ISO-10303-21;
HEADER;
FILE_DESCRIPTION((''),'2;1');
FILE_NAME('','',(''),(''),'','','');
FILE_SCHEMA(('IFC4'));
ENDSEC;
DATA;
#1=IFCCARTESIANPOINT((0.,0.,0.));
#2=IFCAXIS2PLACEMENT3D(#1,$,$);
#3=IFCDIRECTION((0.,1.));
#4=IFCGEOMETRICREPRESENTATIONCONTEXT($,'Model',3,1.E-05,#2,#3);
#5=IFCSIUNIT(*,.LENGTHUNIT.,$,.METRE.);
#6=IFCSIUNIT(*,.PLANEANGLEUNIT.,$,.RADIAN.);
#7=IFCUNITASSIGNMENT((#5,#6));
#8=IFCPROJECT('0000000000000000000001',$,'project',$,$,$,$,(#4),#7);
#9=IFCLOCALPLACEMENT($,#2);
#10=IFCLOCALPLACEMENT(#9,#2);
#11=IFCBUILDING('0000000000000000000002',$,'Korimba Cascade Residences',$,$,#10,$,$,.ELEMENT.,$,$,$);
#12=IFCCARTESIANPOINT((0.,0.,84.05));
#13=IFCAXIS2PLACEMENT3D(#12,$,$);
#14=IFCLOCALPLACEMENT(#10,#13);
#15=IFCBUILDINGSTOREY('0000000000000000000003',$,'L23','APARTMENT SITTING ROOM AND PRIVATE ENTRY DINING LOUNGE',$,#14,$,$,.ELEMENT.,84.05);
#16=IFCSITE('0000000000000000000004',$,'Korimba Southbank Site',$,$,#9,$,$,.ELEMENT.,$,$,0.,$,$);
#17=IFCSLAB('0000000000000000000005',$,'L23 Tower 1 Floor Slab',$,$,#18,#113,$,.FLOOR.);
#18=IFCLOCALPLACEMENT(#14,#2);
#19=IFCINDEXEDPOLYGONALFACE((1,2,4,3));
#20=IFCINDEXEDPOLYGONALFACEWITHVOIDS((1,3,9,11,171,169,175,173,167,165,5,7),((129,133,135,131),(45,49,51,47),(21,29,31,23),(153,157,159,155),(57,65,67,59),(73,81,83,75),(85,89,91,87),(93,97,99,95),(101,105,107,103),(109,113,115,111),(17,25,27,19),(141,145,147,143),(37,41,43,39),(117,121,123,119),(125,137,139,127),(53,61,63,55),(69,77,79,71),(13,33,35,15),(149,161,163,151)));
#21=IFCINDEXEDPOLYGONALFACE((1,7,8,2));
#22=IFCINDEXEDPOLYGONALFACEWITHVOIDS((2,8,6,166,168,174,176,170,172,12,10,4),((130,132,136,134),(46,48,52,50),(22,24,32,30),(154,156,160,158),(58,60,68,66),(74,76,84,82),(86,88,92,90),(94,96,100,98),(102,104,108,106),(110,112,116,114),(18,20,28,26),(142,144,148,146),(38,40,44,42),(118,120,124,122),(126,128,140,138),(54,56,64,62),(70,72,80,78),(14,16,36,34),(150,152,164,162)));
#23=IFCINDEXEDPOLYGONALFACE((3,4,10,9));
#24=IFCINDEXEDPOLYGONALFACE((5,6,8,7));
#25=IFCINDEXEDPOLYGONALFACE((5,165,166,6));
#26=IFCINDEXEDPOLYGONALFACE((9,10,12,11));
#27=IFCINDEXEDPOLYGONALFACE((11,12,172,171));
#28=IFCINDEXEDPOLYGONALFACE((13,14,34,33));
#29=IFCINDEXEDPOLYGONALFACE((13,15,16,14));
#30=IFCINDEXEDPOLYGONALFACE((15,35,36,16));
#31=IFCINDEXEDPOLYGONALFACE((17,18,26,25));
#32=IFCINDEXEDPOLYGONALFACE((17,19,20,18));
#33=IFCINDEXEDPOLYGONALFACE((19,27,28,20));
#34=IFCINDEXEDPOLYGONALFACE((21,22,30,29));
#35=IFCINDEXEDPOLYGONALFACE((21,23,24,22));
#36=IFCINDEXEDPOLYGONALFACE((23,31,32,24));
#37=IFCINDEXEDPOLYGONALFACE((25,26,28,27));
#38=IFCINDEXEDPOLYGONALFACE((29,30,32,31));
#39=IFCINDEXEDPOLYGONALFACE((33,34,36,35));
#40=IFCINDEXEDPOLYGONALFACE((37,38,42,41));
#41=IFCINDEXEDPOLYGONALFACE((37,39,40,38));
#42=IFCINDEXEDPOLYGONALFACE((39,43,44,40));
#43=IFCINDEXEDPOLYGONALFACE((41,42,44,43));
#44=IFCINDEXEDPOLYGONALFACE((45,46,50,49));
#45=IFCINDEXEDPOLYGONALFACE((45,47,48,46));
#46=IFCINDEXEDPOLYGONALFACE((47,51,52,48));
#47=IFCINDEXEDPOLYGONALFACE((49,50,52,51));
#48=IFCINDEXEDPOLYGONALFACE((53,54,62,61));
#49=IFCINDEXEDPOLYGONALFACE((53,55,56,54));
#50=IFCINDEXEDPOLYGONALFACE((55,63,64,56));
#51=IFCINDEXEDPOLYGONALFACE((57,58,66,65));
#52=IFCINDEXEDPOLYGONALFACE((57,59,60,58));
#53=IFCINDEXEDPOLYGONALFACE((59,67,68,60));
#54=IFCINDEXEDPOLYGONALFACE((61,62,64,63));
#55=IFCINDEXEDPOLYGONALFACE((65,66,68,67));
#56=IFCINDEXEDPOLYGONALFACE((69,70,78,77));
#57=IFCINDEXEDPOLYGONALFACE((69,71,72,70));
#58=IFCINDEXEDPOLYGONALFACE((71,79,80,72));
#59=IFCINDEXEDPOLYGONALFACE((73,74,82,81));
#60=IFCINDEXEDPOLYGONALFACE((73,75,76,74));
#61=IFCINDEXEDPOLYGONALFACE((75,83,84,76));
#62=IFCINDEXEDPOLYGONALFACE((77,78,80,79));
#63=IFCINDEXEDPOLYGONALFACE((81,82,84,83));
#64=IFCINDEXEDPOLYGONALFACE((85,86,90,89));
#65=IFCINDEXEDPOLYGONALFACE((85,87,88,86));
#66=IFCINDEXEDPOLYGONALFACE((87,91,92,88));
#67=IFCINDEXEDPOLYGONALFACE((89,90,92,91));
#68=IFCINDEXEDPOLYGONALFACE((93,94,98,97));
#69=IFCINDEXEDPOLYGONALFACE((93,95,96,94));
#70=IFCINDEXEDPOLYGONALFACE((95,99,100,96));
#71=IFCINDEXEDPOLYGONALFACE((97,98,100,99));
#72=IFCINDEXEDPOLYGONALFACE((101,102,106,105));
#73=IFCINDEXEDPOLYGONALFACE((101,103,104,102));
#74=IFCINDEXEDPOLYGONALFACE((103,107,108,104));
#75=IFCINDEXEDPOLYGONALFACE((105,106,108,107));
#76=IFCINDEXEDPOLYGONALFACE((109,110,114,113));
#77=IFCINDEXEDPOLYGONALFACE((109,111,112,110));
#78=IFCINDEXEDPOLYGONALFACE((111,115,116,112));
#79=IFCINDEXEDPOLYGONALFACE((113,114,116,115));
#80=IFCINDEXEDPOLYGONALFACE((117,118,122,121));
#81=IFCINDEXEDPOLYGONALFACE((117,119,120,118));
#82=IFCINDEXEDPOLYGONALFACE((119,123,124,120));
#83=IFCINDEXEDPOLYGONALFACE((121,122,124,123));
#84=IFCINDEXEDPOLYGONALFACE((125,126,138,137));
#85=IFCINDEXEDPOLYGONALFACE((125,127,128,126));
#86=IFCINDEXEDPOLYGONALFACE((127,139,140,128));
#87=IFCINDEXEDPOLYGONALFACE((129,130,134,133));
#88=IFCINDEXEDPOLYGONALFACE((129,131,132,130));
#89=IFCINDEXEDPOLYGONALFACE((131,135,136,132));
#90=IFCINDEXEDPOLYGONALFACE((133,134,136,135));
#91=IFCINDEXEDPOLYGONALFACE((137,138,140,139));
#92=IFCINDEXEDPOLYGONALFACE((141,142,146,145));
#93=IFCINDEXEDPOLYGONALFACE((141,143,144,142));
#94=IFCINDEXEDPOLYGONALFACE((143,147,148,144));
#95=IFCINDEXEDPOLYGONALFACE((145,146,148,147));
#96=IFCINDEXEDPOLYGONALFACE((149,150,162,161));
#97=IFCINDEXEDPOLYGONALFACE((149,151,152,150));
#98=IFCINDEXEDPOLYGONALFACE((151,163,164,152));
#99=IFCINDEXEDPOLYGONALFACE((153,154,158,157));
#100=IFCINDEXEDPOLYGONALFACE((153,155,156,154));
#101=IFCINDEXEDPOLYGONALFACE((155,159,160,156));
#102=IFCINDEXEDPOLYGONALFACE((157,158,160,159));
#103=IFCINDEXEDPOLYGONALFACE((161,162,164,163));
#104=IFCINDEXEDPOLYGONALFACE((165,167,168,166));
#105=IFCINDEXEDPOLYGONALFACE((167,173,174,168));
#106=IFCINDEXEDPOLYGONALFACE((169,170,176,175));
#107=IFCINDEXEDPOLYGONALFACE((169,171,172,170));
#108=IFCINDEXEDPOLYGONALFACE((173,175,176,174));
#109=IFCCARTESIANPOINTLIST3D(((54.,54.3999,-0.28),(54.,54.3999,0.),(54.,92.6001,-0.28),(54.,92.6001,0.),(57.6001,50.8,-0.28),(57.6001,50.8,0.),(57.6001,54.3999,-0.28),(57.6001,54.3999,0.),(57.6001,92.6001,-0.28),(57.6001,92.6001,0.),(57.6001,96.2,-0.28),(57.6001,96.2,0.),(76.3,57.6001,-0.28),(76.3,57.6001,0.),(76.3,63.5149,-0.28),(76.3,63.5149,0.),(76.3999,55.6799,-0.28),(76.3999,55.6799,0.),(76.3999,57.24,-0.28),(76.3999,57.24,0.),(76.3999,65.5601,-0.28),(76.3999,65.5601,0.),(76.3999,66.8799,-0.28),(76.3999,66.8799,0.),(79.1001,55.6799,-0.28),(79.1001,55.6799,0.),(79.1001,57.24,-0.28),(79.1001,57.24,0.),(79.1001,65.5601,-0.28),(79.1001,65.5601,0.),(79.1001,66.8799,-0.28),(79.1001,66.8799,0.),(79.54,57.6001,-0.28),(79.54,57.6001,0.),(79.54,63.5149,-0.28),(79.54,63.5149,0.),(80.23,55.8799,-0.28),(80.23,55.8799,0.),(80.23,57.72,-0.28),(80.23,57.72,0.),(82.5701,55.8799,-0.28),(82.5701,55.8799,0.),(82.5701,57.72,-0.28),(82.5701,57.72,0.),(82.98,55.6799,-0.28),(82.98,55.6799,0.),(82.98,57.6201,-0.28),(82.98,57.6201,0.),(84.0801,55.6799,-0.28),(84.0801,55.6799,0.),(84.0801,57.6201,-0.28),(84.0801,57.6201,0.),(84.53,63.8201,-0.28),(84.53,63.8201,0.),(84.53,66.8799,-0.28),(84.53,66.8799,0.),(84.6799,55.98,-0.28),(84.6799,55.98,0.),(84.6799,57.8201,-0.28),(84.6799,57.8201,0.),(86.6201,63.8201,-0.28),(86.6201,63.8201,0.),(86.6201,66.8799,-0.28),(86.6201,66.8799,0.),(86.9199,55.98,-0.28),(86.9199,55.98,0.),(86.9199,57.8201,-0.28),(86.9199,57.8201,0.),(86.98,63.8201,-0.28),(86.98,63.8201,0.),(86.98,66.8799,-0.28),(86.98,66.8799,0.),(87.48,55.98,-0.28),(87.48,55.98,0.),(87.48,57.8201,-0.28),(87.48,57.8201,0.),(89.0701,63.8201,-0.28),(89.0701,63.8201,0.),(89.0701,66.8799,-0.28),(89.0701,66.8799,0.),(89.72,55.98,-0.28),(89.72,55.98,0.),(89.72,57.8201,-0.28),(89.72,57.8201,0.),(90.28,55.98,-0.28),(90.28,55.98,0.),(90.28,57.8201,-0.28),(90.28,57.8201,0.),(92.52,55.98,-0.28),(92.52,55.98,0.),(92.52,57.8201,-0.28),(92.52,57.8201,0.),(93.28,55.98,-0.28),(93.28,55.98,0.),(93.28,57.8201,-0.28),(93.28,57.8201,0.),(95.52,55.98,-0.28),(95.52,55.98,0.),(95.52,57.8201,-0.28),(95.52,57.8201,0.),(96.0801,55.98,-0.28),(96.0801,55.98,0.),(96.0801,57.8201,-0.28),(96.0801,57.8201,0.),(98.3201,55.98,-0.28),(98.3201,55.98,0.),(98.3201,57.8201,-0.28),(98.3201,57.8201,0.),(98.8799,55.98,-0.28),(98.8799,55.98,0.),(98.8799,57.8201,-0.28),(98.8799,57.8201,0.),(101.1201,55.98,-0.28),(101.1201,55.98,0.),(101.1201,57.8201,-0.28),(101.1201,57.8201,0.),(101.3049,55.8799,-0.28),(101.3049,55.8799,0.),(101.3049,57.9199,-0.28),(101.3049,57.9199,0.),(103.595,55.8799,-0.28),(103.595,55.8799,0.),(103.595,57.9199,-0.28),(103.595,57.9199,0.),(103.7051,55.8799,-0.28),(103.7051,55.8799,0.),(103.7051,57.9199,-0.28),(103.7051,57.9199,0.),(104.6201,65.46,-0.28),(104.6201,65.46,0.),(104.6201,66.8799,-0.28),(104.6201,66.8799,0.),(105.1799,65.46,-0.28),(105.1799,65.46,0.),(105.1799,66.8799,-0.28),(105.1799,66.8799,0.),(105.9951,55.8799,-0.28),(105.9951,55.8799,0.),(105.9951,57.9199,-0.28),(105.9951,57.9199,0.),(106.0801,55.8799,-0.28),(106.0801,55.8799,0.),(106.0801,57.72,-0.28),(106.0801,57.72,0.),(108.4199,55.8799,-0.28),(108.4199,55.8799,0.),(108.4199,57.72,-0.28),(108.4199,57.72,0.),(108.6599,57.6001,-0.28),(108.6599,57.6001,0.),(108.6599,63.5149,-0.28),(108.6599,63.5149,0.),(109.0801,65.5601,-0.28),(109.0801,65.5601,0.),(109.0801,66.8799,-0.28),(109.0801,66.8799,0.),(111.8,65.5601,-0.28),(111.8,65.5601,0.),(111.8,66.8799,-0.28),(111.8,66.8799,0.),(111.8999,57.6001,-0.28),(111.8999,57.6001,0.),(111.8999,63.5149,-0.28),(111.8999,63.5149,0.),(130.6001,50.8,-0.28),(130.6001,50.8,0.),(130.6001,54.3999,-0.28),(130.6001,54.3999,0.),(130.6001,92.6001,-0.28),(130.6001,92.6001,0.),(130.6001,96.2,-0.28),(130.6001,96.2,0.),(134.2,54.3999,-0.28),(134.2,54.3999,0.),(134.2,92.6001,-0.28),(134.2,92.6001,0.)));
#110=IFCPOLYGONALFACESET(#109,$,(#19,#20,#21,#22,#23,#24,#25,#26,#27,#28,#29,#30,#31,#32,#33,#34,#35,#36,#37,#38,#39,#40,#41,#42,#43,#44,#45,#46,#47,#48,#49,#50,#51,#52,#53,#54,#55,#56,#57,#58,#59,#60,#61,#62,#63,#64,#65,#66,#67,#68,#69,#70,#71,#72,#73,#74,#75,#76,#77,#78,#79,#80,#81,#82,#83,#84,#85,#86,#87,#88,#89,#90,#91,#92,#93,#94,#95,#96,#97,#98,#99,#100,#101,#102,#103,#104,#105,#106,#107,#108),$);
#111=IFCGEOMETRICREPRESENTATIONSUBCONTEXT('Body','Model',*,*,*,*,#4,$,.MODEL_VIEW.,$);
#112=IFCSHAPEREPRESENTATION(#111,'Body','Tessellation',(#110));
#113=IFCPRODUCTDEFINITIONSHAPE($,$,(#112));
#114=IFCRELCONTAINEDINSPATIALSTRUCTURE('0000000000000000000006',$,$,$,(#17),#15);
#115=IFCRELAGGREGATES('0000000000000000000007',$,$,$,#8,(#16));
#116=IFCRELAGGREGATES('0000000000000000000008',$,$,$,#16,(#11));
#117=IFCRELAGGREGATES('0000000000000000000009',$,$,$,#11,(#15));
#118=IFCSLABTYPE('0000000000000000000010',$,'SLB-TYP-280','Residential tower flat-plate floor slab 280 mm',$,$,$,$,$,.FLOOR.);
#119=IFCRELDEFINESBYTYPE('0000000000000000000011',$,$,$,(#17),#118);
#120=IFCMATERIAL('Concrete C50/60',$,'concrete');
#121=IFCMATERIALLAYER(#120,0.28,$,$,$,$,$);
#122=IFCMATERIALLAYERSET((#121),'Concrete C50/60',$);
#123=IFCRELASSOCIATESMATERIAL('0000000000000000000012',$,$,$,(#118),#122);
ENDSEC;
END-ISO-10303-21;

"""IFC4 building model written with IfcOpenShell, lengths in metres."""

from ifc_helpers import new_model, si_unit, direction, frame, origin, place, context, subcontext, project, spatial, polyline, outline, extrude, material, layer, layer_set, type_object, element, save


model = new_model("IFC4")

# Units and contexts
model_context = context("Model", 3, precision=1e-05, world=origin(), true_north=direction((0.0, 1.0)))
body_context = subcontext(model_context, "Body", "Model", "MODEL_VIEW")
ifc_project = project(units=[si_unit("LENGTHUNIT", "METRE"), si_unit("PLANEANGLEUNIT", "RADIAN")], contexts=[model_context])

# Site, building, storey
site_placement = place(None, origin())
site = spatial("IfcSite", under=ifc_project, at=site_placement, Name="Korimba Southbank Site", CompositionType="ELEMENT", RefElevation=0.0)
building_placement = place(site_placement, origin())
building = spatial("IfcBuilding", under=site, at=building_placement, Name="Korimba Cascade Residences", CompositionType="ELEMENT")
storey_placement = place(building_placement, frame((0.0, 0.0, 84.05)))
storey = spatial("IfcBuildingStorey", under=building, at=storey_placement, Name="L23", Description="APARTMENT SITTING ROOM AND PRIVATE ENTRY DINING LOUNGE", CompositionType="ELEMENT", Elevation=84.05)

# Shared definitions
ifc_material_1 = material(Name="Concrete C50/60", Category="concrete")

# Slab
ifc_layer_1 = layer(ifc_material_1, 0.28)
ifc_layer_set_1 = layer_set([ifc_layer_1], Name="Concrete C50/60")
slab_type_1 = type_object("IfcSlabType", Name="SLB-TYP-280", Description="Residential tower flat-plate floor slab 280 mm", PredefinedType="FLOOR", material=ifc_layer_set_1)
slab_1_placement = place(storey_placement, frame((0.0, 0.0, -0.28)))
element("IfcSlab", 1, at=slab_1_placement, inside=storey, type_object=slab_type_1, Name="L23 Tower 1 Floor Slab", PredefinedType="FLOOR", context=body_context, shape_type="SweptSolid", body=[
    extrude(outline(polyline([(57.6001, 50.8), (130.6001, 50.8), (130.6001, 54.3999), (134.2, 54.3999), (134.2, 92.6001), (130.6001, 92.6001), (130.6001, 96.2), (57.6001, 96.2), (57.6001, 92.6001), (54.0, 92.6001), (54.0, 54.3999), (57.6001, 54.3999), (57.6001, 50.8)]), holes=[polyline([(76.3, 63.5149), (76.3, 57.6001), (79.54, 57.6001), (79.54, 63.5149), (76.3, 63.5149)]), polyline([(108.6599, 63.5149), (108.6599, 57.6001), (111.8999, 57.6001), (111.8999, 63.5149), (108.6599, 63.5149)]), polyline([(80.23, 55.8799), (82.5701, 55.8799), (82.5701, 57.72), (80.23, 57.72), (80.23, 55.8799)]), polyline([(106.0801, 55.8799), (108.4199, 55.8799), (108.4199, 57.72), (106.0801, 57.72), (106.0801, 55.8799)]), polyline([(84.6799, 55.98), (86.9199, 55.98), (86.9199, 57.8201), (84.6799, 57.8201), (84.6799, 55.98)]), polyline([(87.48, 55.98), (89.72, 55.98), (89.72, 57.8201), (87.48, 57.8201), (87.48, 55.98)]), polyline([(90.28, 55.98), (92.52, 55.98), (92.52, 57.8201), (90.28, 57.8201), (90.28, 55.98)]), polyline([(93.28, 55.98), (95.52, 55.98), (95.52, 57.8201), (93.28, 57.8201), (93.28, 55.98)]), polyline([(96.0801, 55.98), (98.3201, 55.98), (98.3201, 57.8201), (96.0801, 57.8201), (96.0801, 55.98)]), polyline([(98.8799, 55.98), (101.1201, 55.98), (101.1201, 57.8201), (98.8799, 57.8201), (98.8799, 55.98)]), polyline([(101.3049, 55.8799), (103.595, 55.8799), (103.595, 57.9199), (101.3049, 57.9199), (101.3049, 55.8799)]), polyline([(103.7051, 55.8799), (105.9951, 55.8799), (105.9951, 57.9199), (103.7051, 57.9199), (103.7051, 55.8799)]), polyline([(82.98, 55.6799), (84.0801, 55.6799), (84.0801, 57.6201), (82.98, 57.6201), (82.98, 55.6799)]), polyline([(76.3999, 65.5601), (79.1001, 65.5601), (79.1001, 66.8799), (76.3999, 66.8799), (76.3999, 65.5601)]), polyline([(76.3999, 55.6799), (79.1001, 55.6799), (79.1001, 57.24), (76.3999, 57.24), (76.3999, 55.6799)]), polyline([(84.53, 63.8201), (86.6201, 63.8201), (86.6201, 66.8799), (84.53, 66.8799), (84.53, 63.8201)]), polyline([(86.98, 63.8201), (89.0701, 63.8201), (89.0701, 66.8799), (86.98, 66.8799), (86.98, 63.8201)]), polyline([(104.6201, 65.46), (105.1799, 65.46), (105.1799, 66.8799), (104.6201, 66.8799), (104.6201, 65.46)]), polyline([(109.0801, 65.5601), (111.8, 65.5601), (111.8, 66.8799), (109.0801, 66.8799), (109.0801, 65.5601)])]), origin(), (0.0, 0.0, 1.0), 0.28),
])

save(model, "model.ifc")
